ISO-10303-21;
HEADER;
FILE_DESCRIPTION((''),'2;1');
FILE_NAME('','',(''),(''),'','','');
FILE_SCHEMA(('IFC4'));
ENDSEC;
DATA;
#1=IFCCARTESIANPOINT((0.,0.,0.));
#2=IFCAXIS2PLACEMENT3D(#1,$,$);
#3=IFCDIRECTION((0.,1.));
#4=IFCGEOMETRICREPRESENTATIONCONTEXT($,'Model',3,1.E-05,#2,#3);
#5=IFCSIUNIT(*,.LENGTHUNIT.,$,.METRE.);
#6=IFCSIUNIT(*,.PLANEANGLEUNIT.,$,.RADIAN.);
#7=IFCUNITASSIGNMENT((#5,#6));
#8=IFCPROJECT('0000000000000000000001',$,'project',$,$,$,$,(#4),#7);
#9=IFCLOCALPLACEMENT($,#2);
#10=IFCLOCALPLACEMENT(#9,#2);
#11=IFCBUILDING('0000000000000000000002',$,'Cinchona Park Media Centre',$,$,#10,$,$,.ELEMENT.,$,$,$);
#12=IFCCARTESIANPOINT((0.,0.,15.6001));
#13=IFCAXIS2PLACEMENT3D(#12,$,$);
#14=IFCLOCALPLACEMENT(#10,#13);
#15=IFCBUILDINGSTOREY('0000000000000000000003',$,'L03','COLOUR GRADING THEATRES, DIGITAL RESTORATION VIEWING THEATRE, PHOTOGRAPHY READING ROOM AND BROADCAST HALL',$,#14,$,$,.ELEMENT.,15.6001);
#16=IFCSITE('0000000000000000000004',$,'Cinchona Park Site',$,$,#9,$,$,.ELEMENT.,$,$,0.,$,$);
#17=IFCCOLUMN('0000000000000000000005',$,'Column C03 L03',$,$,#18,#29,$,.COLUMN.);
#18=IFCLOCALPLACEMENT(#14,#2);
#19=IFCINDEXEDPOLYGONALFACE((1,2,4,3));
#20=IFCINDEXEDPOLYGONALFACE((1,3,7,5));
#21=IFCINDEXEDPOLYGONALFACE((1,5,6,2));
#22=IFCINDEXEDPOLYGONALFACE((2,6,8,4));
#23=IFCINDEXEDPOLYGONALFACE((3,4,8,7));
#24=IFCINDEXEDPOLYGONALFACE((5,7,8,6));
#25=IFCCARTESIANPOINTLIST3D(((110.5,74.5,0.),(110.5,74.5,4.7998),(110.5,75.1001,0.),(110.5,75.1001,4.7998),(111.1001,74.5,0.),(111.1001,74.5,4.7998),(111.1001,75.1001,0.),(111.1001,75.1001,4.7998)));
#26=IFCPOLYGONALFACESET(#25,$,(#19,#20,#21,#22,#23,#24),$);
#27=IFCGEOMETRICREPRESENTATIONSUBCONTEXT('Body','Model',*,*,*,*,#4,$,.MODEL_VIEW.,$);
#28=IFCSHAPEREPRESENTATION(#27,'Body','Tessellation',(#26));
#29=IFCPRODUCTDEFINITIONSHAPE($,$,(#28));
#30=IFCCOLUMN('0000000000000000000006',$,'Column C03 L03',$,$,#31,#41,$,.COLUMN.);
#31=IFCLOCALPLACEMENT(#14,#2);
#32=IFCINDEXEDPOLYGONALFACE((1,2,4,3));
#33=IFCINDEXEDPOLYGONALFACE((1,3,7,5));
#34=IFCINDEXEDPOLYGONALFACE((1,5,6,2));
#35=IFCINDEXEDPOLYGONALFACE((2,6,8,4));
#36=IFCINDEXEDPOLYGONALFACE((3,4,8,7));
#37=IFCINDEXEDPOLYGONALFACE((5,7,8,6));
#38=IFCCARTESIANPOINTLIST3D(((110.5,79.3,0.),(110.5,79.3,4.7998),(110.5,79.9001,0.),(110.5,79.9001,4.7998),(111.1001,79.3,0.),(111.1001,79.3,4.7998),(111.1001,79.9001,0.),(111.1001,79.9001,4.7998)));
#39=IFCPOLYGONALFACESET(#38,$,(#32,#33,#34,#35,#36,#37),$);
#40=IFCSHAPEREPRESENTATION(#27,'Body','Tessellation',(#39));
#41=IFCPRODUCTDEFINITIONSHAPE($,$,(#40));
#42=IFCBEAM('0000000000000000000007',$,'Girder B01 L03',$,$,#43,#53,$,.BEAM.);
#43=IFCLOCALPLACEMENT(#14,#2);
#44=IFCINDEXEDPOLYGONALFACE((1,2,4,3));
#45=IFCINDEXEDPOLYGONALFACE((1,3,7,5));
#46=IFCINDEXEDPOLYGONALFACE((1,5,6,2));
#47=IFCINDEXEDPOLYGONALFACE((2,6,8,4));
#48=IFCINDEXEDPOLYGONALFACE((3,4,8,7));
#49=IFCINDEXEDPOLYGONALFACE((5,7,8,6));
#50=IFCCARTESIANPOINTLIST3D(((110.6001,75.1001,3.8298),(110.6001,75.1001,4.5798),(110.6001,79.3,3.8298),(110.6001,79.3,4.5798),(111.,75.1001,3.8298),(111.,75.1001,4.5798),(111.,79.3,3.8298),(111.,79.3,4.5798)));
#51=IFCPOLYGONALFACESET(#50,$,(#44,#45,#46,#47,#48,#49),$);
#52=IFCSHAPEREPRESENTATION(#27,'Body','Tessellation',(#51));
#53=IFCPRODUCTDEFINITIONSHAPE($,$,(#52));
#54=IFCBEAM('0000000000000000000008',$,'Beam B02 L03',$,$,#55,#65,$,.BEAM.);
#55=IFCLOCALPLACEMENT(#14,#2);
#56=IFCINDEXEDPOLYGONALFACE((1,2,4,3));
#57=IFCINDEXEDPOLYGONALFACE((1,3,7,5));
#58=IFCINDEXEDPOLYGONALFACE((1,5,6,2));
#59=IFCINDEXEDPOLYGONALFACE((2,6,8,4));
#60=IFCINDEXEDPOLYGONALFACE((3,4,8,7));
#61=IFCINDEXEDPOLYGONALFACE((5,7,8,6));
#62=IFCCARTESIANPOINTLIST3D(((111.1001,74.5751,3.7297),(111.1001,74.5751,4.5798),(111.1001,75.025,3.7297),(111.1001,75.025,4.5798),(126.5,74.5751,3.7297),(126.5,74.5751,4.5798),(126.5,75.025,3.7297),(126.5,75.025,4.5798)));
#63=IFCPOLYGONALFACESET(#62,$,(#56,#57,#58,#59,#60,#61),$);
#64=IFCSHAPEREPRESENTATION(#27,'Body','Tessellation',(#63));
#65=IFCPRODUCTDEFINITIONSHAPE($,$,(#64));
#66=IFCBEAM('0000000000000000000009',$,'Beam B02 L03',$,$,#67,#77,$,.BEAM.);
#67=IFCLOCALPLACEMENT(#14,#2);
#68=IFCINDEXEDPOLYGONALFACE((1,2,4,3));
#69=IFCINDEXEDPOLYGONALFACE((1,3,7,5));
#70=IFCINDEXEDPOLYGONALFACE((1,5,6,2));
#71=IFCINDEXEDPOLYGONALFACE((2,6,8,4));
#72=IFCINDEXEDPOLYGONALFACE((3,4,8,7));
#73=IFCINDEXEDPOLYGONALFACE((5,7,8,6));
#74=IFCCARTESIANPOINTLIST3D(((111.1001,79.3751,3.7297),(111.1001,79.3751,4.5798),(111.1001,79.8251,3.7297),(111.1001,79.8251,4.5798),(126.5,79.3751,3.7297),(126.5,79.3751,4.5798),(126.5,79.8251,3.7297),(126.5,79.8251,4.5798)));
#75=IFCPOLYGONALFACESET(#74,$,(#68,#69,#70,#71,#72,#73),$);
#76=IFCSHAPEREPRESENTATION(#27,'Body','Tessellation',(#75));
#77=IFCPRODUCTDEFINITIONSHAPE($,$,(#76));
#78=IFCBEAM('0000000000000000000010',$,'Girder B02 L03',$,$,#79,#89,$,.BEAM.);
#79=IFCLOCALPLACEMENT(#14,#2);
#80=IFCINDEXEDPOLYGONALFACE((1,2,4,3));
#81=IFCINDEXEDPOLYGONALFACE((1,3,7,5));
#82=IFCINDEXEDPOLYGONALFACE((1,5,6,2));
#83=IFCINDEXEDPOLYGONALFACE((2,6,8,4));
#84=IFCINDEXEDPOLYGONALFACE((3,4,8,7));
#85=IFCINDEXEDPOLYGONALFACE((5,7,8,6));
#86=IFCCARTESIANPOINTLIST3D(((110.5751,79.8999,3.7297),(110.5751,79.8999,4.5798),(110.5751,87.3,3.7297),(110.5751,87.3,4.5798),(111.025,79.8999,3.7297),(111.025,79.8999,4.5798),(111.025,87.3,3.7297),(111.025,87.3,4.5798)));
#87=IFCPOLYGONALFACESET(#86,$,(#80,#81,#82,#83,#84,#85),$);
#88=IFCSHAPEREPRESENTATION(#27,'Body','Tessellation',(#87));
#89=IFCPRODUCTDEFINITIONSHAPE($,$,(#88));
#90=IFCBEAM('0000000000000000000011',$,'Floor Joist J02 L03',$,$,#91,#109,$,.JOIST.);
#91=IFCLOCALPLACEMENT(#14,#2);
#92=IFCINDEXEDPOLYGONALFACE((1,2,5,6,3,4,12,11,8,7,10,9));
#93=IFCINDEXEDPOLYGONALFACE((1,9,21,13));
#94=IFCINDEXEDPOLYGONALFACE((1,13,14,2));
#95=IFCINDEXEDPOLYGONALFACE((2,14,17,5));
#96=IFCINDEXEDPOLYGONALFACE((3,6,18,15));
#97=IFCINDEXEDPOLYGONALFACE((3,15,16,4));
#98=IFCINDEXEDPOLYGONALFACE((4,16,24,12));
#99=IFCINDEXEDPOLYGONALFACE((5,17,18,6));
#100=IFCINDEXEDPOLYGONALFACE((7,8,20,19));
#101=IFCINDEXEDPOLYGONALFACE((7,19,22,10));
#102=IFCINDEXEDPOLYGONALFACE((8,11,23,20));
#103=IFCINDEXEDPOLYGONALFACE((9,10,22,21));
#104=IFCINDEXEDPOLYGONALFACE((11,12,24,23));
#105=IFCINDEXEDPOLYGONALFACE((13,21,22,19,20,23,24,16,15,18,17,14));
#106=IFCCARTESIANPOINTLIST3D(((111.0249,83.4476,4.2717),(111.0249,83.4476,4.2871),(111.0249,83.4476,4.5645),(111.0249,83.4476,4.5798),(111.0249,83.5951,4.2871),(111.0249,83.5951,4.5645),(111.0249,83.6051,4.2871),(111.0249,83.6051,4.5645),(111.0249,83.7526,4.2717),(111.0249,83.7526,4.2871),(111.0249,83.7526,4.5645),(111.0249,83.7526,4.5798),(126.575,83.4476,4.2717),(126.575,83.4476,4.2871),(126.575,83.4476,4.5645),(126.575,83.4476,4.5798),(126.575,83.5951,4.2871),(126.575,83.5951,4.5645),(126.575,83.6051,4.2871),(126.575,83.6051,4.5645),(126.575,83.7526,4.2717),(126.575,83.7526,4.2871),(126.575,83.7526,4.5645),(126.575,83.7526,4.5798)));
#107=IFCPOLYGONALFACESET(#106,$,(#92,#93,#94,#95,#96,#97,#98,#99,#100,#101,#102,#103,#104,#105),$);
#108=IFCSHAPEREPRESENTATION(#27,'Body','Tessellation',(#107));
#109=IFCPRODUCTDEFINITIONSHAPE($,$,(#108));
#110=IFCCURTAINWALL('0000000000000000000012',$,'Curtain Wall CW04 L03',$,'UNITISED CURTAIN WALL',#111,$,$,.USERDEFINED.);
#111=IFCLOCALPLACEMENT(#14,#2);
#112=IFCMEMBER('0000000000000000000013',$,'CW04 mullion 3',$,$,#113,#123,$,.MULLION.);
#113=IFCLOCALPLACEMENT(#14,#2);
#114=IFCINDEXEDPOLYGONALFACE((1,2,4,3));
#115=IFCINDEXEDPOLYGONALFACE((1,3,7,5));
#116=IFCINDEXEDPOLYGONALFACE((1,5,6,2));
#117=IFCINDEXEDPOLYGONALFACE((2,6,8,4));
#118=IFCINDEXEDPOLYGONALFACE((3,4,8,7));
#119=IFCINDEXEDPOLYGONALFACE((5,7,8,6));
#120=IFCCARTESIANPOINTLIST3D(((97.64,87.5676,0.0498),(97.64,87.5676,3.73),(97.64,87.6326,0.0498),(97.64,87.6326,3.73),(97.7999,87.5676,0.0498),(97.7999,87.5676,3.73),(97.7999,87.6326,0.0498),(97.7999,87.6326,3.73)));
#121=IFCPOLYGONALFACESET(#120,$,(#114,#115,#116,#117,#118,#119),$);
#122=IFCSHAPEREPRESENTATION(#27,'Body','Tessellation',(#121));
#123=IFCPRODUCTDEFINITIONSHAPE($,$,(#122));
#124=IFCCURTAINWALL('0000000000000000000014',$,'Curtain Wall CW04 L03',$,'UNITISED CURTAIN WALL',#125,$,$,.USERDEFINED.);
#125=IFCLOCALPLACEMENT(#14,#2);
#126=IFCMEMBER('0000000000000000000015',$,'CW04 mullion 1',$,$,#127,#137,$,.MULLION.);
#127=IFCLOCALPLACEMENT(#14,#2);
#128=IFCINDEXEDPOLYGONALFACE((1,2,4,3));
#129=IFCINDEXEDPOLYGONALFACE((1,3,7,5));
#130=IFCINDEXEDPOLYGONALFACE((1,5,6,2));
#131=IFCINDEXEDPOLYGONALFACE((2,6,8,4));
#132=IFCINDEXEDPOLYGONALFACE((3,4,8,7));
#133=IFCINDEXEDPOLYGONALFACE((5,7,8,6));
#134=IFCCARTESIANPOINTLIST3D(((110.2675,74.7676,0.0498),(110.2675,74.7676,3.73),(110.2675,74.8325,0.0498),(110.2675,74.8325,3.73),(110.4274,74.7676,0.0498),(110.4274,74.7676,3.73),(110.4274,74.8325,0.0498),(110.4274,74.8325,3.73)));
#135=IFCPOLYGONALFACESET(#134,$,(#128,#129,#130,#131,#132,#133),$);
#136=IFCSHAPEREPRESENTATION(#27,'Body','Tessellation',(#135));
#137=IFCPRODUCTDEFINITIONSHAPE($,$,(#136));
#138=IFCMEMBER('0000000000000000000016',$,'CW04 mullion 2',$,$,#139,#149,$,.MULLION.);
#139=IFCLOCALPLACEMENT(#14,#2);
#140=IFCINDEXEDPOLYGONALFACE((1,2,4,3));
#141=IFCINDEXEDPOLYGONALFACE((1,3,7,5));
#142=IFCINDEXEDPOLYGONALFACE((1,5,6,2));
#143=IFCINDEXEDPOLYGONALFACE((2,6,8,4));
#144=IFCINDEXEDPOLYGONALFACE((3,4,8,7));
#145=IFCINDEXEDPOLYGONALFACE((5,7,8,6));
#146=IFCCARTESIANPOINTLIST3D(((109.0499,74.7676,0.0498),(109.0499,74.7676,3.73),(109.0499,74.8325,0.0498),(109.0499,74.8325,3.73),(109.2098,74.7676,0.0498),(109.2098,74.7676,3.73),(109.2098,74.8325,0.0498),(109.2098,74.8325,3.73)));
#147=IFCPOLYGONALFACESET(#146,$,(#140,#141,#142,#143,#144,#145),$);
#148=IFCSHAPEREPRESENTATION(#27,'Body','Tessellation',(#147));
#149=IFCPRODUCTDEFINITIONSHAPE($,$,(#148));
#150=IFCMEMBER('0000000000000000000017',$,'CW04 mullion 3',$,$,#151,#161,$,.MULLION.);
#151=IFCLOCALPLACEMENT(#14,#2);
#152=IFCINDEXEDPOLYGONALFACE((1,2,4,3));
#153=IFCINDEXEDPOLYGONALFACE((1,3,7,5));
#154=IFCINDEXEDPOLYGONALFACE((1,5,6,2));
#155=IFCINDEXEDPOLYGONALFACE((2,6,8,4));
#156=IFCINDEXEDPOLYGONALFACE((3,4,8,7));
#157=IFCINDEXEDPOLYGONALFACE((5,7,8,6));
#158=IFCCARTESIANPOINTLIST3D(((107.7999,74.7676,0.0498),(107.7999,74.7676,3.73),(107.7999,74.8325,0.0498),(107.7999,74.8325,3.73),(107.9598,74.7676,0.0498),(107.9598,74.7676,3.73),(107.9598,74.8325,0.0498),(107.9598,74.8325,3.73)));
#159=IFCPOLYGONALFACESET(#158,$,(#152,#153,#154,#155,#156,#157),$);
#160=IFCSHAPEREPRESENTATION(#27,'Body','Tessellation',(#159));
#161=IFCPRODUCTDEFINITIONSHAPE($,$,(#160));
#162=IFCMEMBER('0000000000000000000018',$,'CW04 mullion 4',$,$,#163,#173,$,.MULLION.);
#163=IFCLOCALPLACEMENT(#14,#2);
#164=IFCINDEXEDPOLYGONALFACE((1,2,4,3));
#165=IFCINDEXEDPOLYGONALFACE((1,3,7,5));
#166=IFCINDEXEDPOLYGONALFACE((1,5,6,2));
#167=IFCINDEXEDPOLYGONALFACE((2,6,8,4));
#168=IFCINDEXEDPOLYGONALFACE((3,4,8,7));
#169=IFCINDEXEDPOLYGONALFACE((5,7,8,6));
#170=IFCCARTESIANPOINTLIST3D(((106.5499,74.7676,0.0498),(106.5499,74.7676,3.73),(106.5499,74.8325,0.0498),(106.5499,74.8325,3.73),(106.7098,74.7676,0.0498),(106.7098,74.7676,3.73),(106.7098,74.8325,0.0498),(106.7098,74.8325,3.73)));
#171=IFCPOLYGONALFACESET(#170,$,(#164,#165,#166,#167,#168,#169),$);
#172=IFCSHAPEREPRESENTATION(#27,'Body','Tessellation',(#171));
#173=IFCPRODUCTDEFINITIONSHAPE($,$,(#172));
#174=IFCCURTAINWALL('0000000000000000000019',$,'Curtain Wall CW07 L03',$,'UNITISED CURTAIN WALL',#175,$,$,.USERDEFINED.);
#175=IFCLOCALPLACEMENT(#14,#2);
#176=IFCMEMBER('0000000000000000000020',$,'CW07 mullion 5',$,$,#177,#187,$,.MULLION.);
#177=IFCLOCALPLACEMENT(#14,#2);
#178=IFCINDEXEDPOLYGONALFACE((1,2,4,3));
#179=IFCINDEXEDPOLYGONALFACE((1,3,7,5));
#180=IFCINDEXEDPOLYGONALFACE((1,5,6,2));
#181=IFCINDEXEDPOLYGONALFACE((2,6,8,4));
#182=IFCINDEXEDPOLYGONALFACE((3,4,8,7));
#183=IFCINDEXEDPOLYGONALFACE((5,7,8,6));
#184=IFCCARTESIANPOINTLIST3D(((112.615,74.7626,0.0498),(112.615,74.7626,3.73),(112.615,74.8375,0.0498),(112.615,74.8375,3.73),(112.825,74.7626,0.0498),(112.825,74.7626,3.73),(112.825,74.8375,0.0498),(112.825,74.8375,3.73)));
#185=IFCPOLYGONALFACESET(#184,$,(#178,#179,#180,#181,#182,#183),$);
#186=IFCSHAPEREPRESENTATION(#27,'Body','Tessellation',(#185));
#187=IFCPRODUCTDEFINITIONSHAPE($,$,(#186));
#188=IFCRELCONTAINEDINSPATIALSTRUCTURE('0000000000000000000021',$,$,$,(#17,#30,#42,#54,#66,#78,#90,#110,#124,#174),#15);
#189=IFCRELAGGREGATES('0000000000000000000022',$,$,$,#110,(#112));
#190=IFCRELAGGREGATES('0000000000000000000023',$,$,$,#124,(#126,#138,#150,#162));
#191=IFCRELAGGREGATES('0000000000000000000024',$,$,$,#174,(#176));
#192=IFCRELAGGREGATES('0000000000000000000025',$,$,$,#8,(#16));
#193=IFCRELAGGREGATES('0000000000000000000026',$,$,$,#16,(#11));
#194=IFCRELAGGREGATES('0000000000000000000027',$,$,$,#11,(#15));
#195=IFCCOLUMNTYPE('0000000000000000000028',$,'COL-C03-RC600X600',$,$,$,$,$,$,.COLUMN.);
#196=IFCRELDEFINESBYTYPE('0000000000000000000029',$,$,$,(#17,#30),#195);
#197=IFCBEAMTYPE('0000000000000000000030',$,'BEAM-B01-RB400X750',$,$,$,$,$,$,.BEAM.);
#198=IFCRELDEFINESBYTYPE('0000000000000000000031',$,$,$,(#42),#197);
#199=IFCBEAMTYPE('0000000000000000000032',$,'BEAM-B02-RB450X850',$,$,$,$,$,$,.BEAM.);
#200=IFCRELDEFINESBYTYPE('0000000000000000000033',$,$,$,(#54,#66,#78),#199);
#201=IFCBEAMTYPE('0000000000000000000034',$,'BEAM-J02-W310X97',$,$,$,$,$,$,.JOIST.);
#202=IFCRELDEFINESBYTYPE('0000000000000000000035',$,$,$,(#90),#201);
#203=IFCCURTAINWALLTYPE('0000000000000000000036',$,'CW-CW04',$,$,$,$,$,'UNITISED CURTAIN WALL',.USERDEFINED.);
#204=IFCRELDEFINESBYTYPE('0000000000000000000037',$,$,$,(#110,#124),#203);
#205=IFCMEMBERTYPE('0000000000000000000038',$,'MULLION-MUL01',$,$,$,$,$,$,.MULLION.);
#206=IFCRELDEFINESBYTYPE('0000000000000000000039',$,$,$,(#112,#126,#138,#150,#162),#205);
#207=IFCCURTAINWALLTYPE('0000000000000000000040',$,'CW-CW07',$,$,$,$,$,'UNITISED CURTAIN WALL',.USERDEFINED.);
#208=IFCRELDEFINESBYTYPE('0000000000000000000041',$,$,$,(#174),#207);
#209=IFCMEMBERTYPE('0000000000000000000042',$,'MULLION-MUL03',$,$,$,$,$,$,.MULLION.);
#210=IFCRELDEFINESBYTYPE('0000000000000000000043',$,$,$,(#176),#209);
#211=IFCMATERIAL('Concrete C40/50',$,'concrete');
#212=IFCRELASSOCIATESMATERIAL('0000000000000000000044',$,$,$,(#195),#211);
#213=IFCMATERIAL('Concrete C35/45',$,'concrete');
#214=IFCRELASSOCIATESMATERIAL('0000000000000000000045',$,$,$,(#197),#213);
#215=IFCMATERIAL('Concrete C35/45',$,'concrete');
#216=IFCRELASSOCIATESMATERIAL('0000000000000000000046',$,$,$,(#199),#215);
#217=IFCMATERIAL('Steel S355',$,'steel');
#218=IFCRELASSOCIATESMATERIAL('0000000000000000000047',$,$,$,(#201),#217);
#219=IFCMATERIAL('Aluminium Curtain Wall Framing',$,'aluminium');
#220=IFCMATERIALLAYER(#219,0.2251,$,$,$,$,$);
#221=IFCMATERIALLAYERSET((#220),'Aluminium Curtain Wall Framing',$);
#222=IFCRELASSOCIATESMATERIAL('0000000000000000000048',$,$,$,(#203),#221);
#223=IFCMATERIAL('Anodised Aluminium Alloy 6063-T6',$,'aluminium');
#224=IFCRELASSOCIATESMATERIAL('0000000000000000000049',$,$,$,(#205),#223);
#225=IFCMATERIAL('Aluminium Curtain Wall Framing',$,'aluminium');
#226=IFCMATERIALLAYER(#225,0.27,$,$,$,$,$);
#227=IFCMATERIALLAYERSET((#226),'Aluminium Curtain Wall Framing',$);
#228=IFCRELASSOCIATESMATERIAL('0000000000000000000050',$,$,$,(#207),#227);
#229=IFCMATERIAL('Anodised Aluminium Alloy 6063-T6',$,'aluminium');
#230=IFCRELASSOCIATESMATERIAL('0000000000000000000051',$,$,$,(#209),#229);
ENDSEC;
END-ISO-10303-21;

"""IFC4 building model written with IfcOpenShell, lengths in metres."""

from ifc_helpers import new_model, si_unit, direction, frame, origin, origin_2d, place, context, subcontext, project, spatial, rectangle, i_section, extrude, material, layer, layer_set, material_profile, profile_set, type_object, element, aggregate, save


model = new_model("IFC4")

# Units and contexts
model_context = context("Model", 3, precision=1e-05, world=origin(), true_north=direction((0.0, 1.0)))
body_context = subcontext(model_context, "Body", "Model", "MODEL_VIEW")
ifc_project = project(units=[si_unit("LENGTHUNIT", "METRE"), si_unit("PLANEANGLEUNIT", "RADIAN")], contexts=[model_context])

# Site, building, storey
site_placement = place(None, origin())
site = spatial("IfcSite", under=ifc_project, at=site_placement, Name="Cinchona Park Site", CompositionType="ELEMENT", RefElevation=0.0)
building_placement = place(site_placement, origin())
building = spatial("IfcBuilding", under=site, at=building_placement, Name="Cinchona Park Media Centre", CompositionType="ELEMENT")
storey_placement = place(building_placement, frame((0.0, 0.0, 15.6001)))
storey = spatial("IfcBuildingStorey", under=building, at=storey_placement, Name="L03", Description="COLOUR GRADING THEATRES, DIGITAL RESTORATION VIEWING THEATRE, PHOTOGRAPHY READING ROOM AND BROADCAST HALL", CompositionType="ELEMENT", Elevation=15.6001)

# Columns
ifc_material_1 = material(Name="Concrete C40/50", Category="concrete")
ifc_material_profile_1 = material_profile(ifc_material_1, rectangle(XDim=0.6001, YDim=0.6001, at=origin_2d()), Name="RC 600X600")
ifc_profile_set_1 = profile_set([ifc_material_profile_1], Name="Concrete C40/50")
column_type = type_object("IfcColumnType", Name="COL-C03-RC600X600", PredefinedType="COLUMN", material=ifc_profile_set_1)
for number, where, z_axis, x_axis, name in (
    (1, (110.8, 74.8, 0.0), (0.0, 0.0, 1.0), (1.0, 0.0, 0.0), "Column C03 L03"),
    (2, (110.8, 79.6001, 0.0), (0.0, 0.0, 1.0), (1.0, 0.0, 0.0), "Column C03 L03"),
):
    element("IfcColumn", number, at=place(storey_placement, frame(where, z_axis=z_axis, x_axis=x_axis)), inside=storey, type_object=column_type, Name=name, PredefinedType="COLUMN", context=body_context, shape_type="SweptSolid", body=[
        extrude(rectangle(XDim=0.6001, YDim=0.6001, at=origin_2d()), origin(), (0.0, 0.0, 1.0), 4.7998),
    ])

# Beams
ifc_material_2 = material(Name="Concrete C35/45", Category="concrete")
ifc_material_profile_2 = material_profile(ifc_material_2, rectangle(XDim=0.3999, YDim=0.75, at=origin_2d()), Name="RB 400X750")
ifc_profile_set_2 = profile_set([ifc_material_profile_2], Name="Concrete C35/45")
beam_type_1 = type_object("IfcBeamType", Name="BEAM-B01-RB400X750", PredefinedType="BEAM", material=ifc_profile_set_2)
beam_1_placement = place(storey_placement, frame((110.8, 75.1001, 4.2048), z_axis=(0.0, 1.0, 0.0), x_axis=(-1.0, 0.0, 0.0)))
element("IfcBeam", 3, at=beam_1_placement, inside=storey, type_object=beam_type_1, Name="Girder B01 L03", PredefinedType="BEAM", context=body_context, shape_type="SweptSolid", body=[
    extrude(rectangle(XDim=0.3999, YDim=0.75, at=origin_2d()), origin(), (0.0, 0.0, 1.0), 4.2),
])
ifc_material_3 = material(Name="Concrete C35/45", Category="concrete")
ifc_material_profile_3 = material_profile(ifc_material_3, rectangle(XDim=0.45, YDim=0.8501, at=origin_2d()), Name="RB 450X850")
ifc_profile_set_3 = profile_set([ifc_material_profile_3], Name="Concrete C35/45")
beam_type_2 = type_object("IfcBeamType", Name="BEAM-B02-RB450X850", PredefinedType="BEAM", material=ifc_profile_set_3)
for number, where, z_axis, x_axis, name in (
    (4, (111.1001, 74.8, 4.1548), (1.0, 0.0, 0.0), (0.0, 1.0, 0.0), "Beam B02 L03"),
    (5, (111.1001, 79.6001, 4.1548), (1.0, 0.0, 0.0), (0.0, 1.0, 0.0), "Beam B02 L03"),
):
    element("IfcBeam", number, at=place(storey_placement, frame(where, z_axis=z_axis, x_axis=x_axis)), inside=storey, type_object=beam_type_2, Name=name, PredefinedType="BEAM", context=body_context, shape_type="SweptSolid", body=[
        extrude(rectangle(XDim=0.45, YDim=0.8501, at=origin_2d()), origin(), (0.0, 0.0, 1.0), 15.3999),
    ])
beam_2_placement = place(storey_placement, frame((110.8, 79.8999, 4.1548), z_axis=(0.0, 1.0, 0.0), x_axis=(-1.0, 0.0, 0.0)))
element("IfcBeam", 6, at=beam_2_placement, inside=storey, type_object=beam_type_2, Name="Girder B02 L03", PredefinedType="BEAM", context=body_context, shape_type="SweptSolid", body=[
    extrude(rectangle(XDim=0.45, YDim=0.8501, at=origin_2d()), origin(), (0.0, 0.0, 1.0), 7.4001),
])
ifc_material_4 = material(Name="Steel S355", Category="steel")
ifc_material_profile_4 = material_profile(ifc_material_4, i_section(OverallWidth=0.3049, OverallDepth=0.3081, WebThickness=0.01, FlangeThickness=0.0154, at=origin_2d()), Name="W310X97")
ifc_profile_set_4 = profile_set([ifc_material_profile_4], Name="Steel S355")
beam_type_3 = type_object("IfcBeamType", Name="BEAM-J02-W310X97", PredefinedType="JOIST", material=ifc_profile_set_4)
beam_3_placement = place(storey_placement, frame((111.0249, 83.6001, 4.4258), z_axis=(1.0, 0.0, 0.0), x_axis=(0.0, 1.0, 0.0)))
element("IfcBeam", 7, at=beam_3_placement, inside=storey, type_object=beam_type_3, Name="Floor Joist J02 L03", PredefinedType="JOIST", context=body_context, shape_type="SweptSolid", body=[
    extrude(i_section(OverallWidth=0.3049, OverallDepth=0.3081, WebThickness=0.01, FlangeThickness=0.0154, at=origin_2d()), origin(), (0.0, 0.0, 1.0), 15.55),
])

# Curtain wall, member
ifc_material_5 = material(Name="Aluminium Curtain Wall Framing", Category="aluminium")
ifc_layer_1 = layer(ifc_material_5, 0.2251)
ifc_layer_set_1 = layer_set([ifc_layer_1], Name="Aluminium Curtain Wall Framing")
curtain_wall_type_1 = type_object("IfcCurtainWallType", Name="CW-CW04", ElementType="UNITISED CURTAIN WALL", PredefinedType="USERDEFINED", material=ifc_layer_set_1)
curtain_wall_1_placement = place(storey_placement, origin())
curtain_wall_1 = element("IfcCurtainWall", 8, at=curtain_wall_1_placement, inside=storey, type_object=curtain_wall_type_1, Name="Curtain Wall CW04 L03", ObjectType="UNITISED CURTAIN WALL", PredefinedType="USERDEFINED")
ifc_material_6 = material(Name="Anodised Aluminium Alloy 6063-T6", Category="aluminium")
ifc_material_profile_5 = material_profile(ifc_material_6, rectangle(XDim=0.0649, YDim=0.1599, at=origin_2d()), Name="MUL-65X160")
ifc_profile_set_5 = profile_set([ifc_material_profile_5], Name="Anodised Aluminium Alloy 6063-T6")
member_type_1 = type_object("IfcMemberType", Name="MULLION-MUL01", PredefinedType="MULLION", material=ifc_profile_set_5)
member_1_placement = place(storey_placement, frame((97.72, 87.6001, 0.0498), z_axis=(0.0, 0.0, 1.0), x_axis=(0.0, 1.0, 0.0)))
member_1 = element("IfcMember", 9, at=member_1_placement, type_object=member_type_1, Name="CW04 mullion 3", PredefinedType="MULLION", context=body_context, shape_type="SweptSolid", body=[
    extrude(rectangle(XDim=0.0649, YDim=0.1599, at=origin_2d()), origin(), (0.0, 0.0, 1.0), 3.6802),
])

# Curtain walls, members
curtain_wall_2_placement = place(storey_placement, origin())
curtain_wall_2 = element("IfcCurtainWall", 10, at=curtain_wall_2_placement, inside=storey, type_object=curtain_wall_type_1, Name="Curtain Wall CW04 L03", ObjectType="UNITISED CURTAIN WALL", PredefinedType="USERDEFINED")
member_2_placement = place(storey_placement, frame((110.3474, 74.8, 0.0498), z_axis=(0.0, 0.0, 1.0), x_axis=(0.0, -1.0, 0.0)))
member_2 = element("IfcMember", 11, at=member_2_placement, type_object=member_type_1, Name="CW04 mullion 1", PredefinedType="MULLION", context=body_context, shape_type="SweptSolid", body=[
    extrude(rectangle(XDim=0.0649, YDim=0.1599, at=origin_2d()), origin(), (0.0, 0.0, 1.0), 3.6802),
])
member_3_placement = place(storey_placement, frame((109.1299, 74.8, 0.0498), z_axis=(0.0, 0.0, 1.0), x_axis=(0.0, -1.0, 0.0)))
member_3 = element("IfcMember", 12, at=member_3_placement, type_object=member_type_1, Name="CW04 mullion 2", PredefinedType="MULLION", context=body_context, shape_type="SweptSolid", body=[
    extrude(rectangle(XDim=0.0649, YDim=0.1599, at=origin_2d()), origin(), (0.0, 0.0, 1.0), 3.6802),
])
member_4_placement = place(storey_placement, frame((107.8799, 74.8, 0.0498), z_axis=(0.0, 0.0, 1.0), x_axis=(0.0, -1.0, 0.0)))
member_4 = element("IfcMember", 13, at=member_4_placement, type_object=member_type_1, Name="CW04 mullion 3", PredefinedType="MULLION", context=body_context, shape_type="SweptSolid", body=[
    extrude(rectangle(XDim=0.0649, YDim=0.1599, at=origin_2d()), origin(), (0.0, 0.0, 1.0), 3.6802),
])
member_5_placement = place(storey_placement, frame((106.6299, 74.8, 0.0498), z_axis=(0.0, 0.0, 1.0), x_axis=(0.0, -1.0, 0.0)))
member_5 = element("IfcMember", 14, at=member_5_placement, type_object=member_type_1, Name="CW04 mullion 4", PredefinedType="MULLION", context=body_context, shape_type="SweptSolid", body=[
    extrude(rectangle(XDim=0.0649, YDim=0.1599, at=origin_2d()), origin(), (0.0, 0.0, 1.0), 3.6802),
])
ifc_material_7 = material(Name="Aluminium Curtain Wall Framing", Category="aluminium")
ifc_layer_2 = layer(ifc_material_7, 0.27)
ifc_layer_set_2 = layer_set([ifc_layer_2], Name="Aluminium Curtain Wall Framing")
curtain_wall_type_2 = type_object("IfcCurtainWallType", Name="CW-CW07", ElementType="UNITISED CURTAIN WALL", PredefinedType="USERDEFINED", material=ifc_layer_set_2)
curtain_wall_3_placement = place(storey_placement, origin())
curtain_wall_3 = element("IfcCurtainWall", 15, at=curtain_wall_3_placement, inside=storey, type_object=curtain_wall_type_2, Name="Curtain Wall CW07 L03", ObjectType="UNITISED CURTAIN WALL", PredefinedType="USERDEFINED")
ifc_material_8 = material(Name="Anodised Aluminium Alloy 6063-T6", Category="aluminium")
ifc_material_profile_6 = material_profile(ifc_material_8, rectangle(XDim=0.075, YDim=0.21, at=origin_2d()), Name="MUL-75X210")
ifc_profile_set_6 = profile_set([ifc_material_profile_6], Name="Anodised Aluminium Alloy 6063-T6")
member_type_2 = type_object("IfcMemberType", Name="MULLION-MUL03", PredefinedType="MULLION", material=ifc_profile_set_6)
member_6_placement = place(storey_placement, frame((112.72, 74.8, 0.0498), z_axis=(0.0, 0.0, 1.0), x_axis=(0.0, -1.0, 0.0)))
member_6 = element("IfcMember", 16, at=member_6_placement, type_object=member_type_2, Name="CW07 mullion 5", PredefinedType="MULLION", context=body_context, shape_type="SweptSolid", body=[
    extrude(rectangle(XDim=0.075, YDim=0.21, at=origin_2d()), origin(), (0.0, 0.0, 1.0), 3.6802),
])

aggregate(curtain_wall_1, [member_1])
aggregate(curtain_wall_2, [member_2, member_3, member_4, member_5])
aggregate(curtain_wall_3, [member_6])

save(model, "model.ifc")
